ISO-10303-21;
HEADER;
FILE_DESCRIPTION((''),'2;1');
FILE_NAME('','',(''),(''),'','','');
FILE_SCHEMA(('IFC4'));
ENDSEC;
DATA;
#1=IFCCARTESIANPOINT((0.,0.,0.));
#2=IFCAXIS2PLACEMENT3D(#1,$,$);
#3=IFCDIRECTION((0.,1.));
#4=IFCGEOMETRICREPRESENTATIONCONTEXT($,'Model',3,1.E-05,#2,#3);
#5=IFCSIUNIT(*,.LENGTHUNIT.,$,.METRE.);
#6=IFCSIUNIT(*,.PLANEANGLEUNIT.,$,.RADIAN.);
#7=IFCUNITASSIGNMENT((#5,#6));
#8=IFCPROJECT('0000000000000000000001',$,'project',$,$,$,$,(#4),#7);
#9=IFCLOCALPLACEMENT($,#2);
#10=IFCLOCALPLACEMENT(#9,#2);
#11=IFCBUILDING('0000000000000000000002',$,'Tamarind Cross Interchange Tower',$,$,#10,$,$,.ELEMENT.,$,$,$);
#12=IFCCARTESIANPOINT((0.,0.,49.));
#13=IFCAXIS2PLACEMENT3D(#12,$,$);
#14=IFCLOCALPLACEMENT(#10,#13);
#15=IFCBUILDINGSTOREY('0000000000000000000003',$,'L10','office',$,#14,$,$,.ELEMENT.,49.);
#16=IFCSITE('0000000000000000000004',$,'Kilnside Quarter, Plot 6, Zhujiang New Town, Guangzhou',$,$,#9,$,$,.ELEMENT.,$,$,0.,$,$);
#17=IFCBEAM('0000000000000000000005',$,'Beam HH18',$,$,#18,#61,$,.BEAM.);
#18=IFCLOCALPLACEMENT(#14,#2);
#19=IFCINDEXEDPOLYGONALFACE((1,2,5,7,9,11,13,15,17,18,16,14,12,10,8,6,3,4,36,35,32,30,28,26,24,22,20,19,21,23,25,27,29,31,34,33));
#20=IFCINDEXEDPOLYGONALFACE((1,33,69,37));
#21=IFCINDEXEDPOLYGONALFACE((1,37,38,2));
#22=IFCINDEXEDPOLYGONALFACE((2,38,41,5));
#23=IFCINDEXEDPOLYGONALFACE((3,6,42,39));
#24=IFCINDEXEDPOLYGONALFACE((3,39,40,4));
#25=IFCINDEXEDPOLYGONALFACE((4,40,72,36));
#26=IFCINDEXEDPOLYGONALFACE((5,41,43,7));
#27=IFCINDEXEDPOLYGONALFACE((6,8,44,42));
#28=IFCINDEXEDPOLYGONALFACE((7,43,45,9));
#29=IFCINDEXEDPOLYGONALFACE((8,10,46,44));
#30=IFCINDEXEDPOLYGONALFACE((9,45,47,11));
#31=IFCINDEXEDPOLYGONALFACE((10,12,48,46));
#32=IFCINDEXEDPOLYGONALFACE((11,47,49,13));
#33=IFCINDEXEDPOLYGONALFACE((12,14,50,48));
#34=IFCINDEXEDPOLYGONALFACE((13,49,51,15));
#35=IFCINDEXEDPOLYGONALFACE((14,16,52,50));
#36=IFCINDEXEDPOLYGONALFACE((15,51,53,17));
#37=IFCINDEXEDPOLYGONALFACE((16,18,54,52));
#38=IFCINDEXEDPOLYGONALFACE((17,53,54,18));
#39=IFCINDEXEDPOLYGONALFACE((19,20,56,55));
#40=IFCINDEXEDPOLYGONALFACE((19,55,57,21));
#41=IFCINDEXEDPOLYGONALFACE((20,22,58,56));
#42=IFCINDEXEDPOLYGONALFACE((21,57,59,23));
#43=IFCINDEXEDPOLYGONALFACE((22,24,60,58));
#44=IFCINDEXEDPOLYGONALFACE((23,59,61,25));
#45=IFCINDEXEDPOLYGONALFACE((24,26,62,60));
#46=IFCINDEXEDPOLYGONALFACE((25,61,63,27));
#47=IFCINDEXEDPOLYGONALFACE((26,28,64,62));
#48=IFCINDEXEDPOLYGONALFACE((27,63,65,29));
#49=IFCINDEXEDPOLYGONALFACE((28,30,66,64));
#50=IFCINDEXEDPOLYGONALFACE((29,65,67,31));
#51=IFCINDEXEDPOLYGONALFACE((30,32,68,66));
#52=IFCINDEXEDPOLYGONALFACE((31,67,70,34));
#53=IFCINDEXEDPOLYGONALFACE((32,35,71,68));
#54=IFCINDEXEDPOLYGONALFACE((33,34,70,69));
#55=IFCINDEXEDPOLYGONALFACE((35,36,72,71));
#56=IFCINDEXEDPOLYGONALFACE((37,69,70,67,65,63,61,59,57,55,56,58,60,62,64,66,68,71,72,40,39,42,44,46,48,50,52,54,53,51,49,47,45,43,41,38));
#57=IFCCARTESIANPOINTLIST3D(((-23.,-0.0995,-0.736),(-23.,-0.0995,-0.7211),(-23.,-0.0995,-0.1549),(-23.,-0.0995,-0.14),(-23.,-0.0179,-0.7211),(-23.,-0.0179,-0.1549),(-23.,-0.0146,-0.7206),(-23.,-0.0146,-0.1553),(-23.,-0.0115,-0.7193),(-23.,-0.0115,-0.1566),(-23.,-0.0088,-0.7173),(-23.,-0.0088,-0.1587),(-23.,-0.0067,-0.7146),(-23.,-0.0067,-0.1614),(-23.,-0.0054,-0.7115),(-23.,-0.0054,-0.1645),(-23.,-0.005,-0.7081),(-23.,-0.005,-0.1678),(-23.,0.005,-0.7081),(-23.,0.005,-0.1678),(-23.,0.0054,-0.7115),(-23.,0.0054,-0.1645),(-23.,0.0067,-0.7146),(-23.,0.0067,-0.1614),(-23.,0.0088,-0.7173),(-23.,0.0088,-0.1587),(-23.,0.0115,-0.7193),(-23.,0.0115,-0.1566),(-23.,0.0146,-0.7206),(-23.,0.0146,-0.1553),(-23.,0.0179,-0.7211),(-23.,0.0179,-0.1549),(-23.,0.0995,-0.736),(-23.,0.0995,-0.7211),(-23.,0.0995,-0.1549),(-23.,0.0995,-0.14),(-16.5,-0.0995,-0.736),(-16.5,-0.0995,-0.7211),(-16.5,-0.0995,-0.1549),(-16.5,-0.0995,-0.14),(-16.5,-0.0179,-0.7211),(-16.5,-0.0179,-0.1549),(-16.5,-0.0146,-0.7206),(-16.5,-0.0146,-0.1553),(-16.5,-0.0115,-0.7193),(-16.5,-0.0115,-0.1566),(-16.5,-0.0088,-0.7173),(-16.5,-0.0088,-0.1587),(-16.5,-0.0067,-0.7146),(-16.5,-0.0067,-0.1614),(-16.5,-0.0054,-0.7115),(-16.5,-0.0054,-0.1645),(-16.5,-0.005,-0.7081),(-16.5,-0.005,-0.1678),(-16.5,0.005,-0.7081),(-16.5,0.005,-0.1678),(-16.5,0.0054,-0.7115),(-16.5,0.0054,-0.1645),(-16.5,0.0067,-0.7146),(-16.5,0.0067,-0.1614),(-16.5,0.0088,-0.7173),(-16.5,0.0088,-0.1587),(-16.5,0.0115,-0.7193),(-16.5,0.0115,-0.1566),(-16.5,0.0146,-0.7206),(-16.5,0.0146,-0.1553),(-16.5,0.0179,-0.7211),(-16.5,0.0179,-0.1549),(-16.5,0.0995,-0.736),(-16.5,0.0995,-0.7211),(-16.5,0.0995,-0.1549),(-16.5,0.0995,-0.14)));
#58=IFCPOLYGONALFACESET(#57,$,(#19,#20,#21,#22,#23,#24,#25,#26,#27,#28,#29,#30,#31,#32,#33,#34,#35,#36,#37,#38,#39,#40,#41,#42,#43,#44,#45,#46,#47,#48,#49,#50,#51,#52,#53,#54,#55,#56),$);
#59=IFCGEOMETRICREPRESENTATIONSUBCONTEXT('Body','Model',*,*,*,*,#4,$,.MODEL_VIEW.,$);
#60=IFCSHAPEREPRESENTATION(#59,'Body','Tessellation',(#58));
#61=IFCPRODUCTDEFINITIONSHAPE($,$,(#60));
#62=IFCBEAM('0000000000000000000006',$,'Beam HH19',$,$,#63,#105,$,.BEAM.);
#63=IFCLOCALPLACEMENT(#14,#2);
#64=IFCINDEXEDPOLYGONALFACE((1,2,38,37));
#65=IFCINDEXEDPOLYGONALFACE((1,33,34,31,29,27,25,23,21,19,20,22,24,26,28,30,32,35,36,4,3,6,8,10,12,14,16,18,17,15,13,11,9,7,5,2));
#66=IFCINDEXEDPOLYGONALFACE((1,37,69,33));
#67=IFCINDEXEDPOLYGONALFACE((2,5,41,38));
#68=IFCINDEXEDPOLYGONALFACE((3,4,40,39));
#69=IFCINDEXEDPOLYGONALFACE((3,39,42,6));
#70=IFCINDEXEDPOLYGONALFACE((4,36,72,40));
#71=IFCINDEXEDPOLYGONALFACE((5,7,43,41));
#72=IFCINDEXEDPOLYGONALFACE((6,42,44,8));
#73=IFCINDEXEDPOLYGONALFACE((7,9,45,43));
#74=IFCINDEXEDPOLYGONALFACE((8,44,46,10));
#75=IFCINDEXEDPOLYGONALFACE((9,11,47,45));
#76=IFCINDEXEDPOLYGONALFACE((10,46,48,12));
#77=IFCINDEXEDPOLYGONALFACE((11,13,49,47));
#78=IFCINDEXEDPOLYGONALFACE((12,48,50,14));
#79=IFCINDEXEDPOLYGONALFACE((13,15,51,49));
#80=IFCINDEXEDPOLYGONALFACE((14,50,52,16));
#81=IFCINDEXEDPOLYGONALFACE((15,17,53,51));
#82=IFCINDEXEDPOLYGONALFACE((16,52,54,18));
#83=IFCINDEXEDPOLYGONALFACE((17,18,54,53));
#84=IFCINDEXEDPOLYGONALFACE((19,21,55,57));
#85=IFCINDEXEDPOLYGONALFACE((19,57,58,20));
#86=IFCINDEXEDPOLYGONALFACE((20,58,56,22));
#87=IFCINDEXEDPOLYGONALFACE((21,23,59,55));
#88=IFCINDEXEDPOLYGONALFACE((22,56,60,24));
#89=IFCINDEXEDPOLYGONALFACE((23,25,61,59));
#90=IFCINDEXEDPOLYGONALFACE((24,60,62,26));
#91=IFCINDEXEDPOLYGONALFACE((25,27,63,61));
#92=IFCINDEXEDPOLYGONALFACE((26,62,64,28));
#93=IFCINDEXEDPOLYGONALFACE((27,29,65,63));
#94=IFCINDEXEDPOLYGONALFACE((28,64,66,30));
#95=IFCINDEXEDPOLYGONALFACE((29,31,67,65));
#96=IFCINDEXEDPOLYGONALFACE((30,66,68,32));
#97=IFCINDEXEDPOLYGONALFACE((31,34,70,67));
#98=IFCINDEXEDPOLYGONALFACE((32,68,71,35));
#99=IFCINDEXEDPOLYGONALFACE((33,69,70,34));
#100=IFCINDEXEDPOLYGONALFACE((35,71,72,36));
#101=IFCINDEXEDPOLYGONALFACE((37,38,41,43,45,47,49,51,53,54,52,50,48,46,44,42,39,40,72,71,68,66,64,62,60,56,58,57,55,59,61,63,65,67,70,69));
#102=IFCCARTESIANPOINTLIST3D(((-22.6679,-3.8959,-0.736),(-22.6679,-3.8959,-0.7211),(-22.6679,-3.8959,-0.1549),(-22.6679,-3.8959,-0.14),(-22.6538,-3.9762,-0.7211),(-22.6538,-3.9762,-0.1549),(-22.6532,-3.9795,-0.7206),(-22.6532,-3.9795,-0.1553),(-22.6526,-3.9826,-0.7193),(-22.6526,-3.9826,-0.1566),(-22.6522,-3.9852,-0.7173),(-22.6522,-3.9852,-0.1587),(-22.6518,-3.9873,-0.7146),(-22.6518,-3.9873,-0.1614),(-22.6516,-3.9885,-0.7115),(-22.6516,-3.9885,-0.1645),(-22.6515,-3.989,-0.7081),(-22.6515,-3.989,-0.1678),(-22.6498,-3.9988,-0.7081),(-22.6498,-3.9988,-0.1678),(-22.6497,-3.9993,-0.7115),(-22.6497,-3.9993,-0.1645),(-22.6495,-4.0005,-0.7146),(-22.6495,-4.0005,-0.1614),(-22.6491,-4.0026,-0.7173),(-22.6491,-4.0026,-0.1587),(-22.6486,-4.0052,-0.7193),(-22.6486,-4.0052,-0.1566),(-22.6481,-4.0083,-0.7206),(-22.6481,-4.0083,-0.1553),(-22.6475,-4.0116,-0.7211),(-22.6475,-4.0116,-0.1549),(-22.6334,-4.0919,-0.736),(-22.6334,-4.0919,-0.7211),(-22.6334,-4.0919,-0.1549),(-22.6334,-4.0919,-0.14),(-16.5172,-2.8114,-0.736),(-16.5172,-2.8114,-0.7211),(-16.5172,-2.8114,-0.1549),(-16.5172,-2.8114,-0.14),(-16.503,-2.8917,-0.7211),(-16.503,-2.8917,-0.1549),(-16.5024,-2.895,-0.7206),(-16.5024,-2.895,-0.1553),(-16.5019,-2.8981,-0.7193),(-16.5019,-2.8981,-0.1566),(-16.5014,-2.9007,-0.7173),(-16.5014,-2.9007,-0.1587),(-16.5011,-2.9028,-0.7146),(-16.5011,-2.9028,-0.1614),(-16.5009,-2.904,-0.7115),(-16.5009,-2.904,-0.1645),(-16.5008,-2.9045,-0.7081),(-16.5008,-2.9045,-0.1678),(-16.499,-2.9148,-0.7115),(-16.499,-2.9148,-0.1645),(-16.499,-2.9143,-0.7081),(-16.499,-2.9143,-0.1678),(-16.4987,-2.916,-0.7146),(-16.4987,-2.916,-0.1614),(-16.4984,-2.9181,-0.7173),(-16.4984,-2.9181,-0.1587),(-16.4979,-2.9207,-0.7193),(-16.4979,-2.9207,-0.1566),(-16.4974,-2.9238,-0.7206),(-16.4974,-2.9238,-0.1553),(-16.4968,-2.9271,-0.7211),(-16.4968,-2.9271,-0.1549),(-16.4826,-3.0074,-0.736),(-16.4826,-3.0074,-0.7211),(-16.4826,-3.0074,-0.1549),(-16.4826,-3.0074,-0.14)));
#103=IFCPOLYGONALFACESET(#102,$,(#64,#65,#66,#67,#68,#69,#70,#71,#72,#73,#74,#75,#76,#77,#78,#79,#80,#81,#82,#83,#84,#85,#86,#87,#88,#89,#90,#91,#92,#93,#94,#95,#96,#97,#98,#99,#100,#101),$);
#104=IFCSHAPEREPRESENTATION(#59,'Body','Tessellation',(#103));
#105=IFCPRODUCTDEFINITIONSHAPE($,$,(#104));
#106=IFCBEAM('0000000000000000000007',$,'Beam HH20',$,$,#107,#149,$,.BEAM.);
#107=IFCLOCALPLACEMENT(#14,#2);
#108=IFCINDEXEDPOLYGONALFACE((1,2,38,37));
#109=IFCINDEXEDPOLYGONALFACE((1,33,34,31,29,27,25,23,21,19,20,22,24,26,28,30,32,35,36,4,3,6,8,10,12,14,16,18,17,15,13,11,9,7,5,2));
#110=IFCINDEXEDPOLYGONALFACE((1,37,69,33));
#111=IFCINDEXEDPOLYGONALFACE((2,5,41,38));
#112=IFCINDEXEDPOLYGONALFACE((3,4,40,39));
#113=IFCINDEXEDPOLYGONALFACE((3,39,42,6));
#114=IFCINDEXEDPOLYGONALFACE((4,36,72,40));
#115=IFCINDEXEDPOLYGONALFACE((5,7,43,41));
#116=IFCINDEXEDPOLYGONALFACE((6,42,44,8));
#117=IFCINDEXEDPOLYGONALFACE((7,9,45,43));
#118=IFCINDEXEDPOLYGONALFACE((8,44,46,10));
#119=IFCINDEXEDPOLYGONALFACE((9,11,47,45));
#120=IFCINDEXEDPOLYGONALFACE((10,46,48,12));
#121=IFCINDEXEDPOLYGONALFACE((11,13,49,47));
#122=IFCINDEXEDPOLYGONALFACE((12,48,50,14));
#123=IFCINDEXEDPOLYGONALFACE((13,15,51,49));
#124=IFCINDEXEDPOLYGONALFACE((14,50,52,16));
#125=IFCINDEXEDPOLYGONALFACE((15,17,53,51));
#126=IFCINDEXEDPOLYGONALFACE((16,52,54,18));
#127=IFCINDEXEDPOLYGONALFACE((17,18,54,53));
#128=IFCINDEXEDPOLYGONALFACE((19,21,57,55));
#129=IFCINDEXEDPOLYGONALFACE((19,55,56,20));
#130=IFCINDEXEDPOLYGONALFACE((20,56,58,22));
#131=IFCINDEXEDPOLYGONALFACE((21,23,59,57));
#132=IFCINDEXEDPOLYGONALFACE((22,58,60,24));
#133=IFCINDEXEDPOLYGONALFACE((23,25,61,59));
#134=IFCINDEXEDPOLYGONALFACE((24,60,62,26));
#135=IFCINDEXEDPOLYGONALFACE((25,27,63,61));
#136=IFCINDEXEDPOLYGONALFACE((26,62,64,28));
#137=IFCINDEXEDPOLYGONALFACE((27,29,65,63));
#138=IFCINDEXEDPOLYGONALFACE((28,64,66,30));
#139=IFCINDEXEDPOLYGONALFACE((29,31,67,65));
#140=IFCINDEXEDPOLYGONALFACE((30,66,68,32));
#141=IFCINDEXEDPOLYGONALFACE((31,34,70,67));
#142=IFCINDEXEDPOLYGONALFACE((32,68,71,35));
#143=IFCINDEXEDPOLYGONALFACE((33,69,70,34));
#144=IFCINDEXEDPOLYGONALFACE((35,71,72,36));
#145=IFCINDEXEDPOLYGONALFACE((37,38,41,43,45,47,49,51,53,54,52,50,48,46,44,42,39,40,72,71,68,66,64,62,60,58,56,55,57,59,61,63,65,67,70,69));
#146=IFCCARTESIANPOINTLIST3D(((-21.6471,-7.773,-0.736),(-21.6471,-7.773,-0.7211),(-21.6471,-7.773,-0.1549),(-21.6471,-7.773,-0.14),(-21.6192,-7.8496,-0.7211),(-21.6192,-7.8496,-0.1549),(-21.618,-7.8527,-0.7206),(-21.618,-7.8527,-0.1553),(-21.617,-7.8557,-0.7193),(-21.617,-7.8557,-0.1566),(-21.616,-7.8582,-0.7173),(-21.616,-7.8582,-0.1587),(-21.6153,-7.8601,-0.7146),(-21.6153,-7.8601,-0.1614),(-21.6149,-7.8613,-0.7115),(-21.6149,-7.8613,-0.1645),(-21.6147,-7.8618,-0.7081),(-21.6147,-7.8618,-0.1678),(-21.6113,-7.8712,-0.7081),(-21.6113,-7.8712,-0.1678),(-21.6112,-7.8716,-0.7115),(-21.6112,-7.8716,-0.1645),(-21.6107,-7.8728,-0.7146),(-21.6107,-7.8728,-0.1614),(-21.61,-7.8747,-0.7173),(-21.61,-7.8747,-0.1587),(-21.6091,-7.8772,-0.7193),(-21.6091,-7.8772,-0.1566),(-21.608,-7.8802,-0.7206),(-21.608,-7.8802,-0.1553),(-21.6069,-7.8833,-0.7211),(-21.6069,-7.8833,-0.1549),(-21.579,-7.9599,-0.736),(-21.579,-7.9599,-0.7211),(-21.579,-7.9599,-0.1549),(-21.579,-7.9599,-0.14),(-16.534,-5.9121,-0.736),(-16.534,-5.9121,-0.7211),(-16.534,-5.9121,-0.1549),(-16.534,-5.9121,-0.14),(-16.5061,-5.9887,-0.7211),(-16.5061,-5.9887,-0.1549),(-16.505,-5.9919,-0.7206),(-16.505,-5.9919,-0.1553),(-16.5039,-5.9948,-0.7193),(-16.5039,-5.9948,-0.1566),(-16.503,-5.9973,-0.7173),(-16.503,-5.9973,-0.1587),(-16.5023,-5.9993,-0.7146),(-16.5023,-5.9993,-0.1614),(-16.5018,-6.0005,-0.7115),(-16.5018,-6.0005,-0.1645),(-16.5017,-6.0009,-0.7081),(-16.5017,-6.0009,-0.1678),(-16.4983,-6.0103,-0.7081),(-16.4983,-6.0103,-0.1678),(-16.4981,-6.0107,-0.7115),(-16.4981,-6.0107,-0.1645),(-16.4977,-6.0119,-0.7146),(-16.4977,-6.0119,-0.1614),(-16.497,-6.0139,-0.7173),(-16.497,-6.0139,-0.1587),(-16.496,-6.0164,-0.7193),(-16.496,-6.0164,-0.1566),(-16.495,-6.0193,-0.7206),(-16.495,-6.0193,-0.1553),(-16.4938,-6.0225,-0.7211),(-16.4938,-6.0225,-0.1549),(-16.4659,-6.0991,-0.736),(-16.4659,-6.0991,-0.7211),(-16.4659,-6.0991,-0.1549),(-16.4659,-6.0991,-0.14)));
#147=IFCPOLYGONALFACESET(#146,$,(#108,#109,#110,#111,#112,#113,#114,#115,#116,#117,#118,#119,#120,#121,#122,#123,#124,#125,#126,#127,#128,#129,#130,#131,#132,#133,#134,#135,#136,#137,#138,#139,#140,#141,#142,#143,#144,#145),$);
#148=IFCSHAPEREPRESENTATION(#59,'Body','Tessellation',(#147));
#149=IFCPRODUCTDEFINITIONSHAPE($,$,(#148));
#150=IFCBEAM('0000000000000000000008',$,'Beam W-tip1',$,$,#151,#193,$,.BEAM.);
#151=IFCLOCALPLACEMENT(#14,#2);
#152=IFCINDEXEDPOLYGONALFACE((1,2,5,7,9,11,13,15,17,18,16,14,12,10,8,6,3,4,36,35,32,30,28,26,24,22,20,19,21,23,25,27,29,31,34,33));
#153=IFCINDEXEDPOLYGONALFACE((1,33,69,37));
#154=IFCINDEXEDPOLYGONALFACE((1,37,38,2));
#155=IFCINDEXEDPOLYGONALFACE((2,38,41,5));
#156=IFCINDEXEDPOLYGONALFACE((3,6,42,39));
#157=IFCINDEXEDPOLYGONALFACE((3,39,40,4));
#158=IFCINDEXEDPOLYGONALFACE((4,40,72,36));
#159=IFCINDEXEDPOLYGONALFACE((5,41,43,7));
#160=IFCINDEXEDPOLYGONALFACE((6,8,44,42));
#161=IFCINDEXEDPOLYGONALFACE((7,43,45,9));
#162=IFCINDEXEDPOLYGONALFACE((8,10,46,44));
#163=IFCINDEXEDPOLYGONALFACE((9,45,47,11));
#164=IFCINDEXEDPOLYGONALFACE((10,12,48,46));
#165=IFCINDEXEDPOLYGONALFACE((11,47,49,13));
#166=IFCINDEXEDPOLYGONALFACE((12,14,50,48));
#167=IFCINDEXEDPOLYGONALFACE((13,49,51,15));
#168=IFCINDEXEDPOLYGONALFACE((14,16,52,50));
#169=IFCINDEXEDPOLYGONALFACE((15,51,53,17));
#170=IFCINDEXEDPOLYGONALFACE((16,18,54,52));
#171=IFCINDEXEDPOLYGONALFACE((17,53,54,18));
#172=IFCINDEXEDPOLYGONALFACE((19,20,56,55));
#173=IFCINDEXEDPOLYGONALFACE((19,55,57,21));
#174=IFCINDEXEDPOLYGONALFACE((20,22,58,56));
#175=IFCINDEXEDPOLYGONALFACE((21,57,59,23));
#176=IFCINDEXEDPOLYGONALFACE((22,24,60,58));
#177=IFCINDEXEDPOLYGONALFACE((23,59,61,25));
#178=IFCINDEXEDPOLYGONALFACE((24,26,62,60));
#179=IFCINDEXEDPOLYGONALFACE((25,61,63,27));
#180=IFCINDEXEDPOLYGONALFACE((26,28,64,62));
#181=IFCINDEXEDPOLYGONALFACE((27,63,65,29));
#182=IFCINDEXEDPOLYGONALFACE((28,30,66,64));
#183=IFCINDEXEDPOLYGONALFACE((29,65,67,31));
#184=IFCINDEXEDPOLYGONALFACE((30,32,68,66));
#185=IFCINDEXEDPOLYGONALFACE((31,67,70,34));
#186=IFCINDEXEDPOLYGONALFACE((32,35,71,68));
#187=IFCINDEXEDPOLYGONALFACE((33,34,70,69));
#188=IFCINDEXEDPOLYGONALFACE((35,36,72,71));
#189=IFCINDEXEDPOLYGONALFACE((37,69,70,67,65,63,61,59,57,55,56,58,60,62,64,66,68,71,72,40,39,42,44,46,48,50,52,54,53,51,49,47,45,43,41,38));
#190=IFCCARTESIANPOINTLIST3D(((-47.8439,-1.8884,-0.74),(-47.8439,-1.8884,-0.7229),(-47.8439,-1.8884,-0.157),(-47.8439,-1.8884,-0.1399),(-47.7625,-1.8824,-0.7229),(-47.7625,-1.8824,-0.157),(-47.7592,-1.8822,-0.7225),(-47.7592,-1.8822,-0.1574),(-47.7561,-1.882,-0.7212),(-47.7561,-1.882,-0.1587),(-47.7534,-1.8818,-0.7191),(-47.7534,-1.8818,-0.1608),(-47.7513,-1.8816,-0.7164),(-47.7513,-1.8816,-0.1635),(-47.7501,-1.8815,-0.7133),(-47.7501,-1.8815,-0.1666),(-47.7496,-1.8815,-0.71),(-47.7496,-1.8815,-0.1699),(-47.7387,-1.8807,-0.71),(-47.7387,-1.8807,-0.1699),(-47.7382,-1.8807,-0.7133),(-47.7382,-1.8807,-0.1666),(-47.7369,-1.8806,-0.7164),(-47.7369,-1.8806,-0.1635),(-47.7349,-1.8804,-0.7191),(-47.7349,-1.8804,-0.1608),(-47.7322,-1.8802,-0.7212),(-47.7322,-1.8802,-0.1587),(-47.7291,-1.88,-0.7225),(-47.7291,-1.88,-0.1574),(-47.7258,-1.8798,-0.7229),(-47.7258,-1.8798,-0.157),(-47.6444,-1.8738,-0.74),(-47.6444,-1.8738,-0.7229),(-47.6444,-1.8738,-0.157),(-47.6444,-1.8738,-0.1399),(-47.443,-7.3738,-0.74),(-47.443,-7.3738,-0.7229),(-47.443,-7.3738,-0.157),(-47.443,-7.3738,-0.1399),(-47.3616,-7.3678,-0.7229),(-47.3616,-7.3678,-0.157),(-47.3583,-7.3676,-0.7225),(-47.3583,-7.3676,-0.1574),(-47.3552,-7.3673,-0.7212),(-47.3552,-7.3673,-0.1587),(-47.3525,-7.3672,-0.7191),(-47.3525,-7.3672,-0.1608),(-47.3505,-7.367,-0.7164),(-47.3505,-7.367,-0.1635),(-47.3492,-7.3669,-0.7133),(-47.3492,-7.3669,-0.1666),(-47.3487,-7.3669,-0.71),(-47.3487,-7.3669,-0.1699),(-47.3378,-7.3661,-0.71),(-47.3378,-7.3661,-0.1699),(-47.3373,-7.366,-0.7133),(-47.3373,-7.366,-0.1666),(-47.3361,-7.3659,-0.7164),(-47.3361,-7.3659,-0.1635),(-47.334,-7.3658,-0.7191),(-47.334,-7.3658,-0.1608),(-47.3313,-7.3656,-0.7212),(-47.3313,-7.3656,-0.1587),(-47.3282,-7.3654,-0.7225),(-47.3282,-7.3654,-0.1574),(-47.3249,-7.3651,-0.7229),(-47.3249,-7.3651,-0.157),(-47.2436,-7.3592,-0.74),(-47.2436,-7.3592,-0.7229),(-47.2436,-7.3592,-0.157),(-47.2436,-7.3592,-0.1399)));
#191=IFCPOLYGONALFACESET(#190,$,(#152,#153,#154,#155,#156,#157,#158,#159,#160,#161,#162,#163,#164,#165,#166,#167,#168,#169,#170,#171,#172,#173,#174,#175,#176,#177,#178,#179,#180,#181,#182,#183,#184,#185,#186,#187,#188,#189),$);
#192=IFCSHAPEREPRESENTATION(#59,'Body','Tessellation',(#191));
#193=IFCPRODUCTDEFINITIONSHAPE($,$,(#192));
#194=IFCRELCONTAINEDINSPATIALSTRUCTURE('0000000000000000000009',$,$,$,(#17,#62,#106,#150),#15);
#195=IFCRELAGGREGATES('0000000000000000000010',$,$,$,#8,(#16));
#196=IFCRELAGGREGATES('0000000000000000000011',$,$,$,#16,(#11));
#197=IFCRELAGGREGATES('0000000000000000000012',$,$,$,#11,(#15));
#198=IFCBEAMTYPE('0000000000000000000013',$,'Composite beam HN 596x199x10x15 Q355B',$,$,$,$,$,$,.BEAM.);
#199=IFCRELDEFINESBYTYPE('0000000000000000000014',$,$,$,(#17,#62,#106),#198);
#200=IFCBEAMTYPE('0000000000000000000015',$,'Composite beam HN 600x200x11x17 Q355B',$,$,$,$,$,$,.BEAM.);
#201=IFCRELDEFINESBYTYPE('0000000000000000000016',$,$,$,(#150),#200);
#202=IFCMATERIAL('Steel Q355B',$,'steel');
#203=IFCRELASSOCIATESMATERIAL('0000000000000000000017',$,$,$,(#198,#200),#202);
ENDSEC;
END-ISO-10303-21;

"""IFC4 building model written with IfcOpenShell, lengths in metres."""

from ifc_helpers import new_model, si_unit, direction, frame, origin, origin_2d, place, context, subcontext, project, spatial, i_section, extrude, material, material_profile, profile_set, type_object, element, save


model = new_model("IFC4")

# Units and contexts
model_context = context("Model", 3, precision=1e-05, world=origin(), true_north=direction((0.0, 1.0)))
body_context = subcontext(model_context, "Body", "Model", "MODEL_VIEW")
ifc_project = project(units=[si_unit("LENGTHUNIT", "METRE"), si_unit("PLANEANGLEUNIT", "RADIAN")], contexts=[model_context])

# Site, building, storey
site_placement = place(None, origin())
site = spatial("IfcSite", under=ifc_project, at=site_placement, Name="Kilnside Quarter, Plot 6, Zhujiang New Town, Guangzhou", CompositionType="ELEMENT", RefElevation=0.0)
building_placement = place(site_placement, origin())
building = spatial("IfcBuilding", under=site, at=building_placement, Name="Tamarind Cross Interchange Tower", CompositionType="ELEMENT")
storey_placement = place(building_placement, frame((0.0, 0.0, 49.0)))
storey = spatial("IfcBuildingStorey", under=building, at=storey_placement, Name="L10", Description="office", CompositionType="ELEMENT", Elevation=49.0)

# Beams
ifc_material_1 = material(Name="Steel Q355B", Category="steel")
ifc_material_profile_1 = material_profile(ifc_material_1, i_section(OverallWidth=0.199, OverallDepth=0.5959, WebThickness=0.01, FlangeThickness=0.0149, FilletRadius=0.0129, at=origin_2d()), Name="HN 596x199x10x15")
ifc_profile_set_1 = profile_set([ifc_material_profile_1], Name="Steel Q355B")
beam_type_1 = type_object("IfcBeamType", Name="Composite beam HN 596x199x10x15 Q355B", PredefinedType="BEAM", material=ifc_profile_set_1)
beam_1_placement = place(storey_placement, frame((-23.0, 0.0, -0.438), z_axis=(1.0, 0.0, 0.0), x_axis=(0.0, 1.0, 0.0)))
element("IfcBeam", 1, at=beam_1_placement, inside=storey, type_object=beam_type_1, Name="Beam HH18", PredefinedType="BEAM", context=body_context, shape_type="SweptSolid", body=[
    extrude(i_section(OverallWidth=0.199, OverallDepth=0.5959, WebThickness=0.01, FlangeThickness=0.0149, FilletRadius=0.0129, at=origin_2d()), origin(), (0.0, 0.0, 1.0), 6.5),
])
beam_2_placement = place(storey_placement, frame((-22.6506, -3.9939, -0.438), z_axis=(0.984809, 0.17364, 0.0), x_axis=(-0.17364, 0.984809, 0.0)))
element("IfcBeam", 2, at=beam_2_placement, inside=storey, type_object=beam_type_1, Name="Beam HH19", PredefinedType="BEAM", context=body_context, shape_type="SweptSolid", body=[
    extrude(i_section(OverallWidth=0.199, OverallDepth=0.5959, WebThickness=0.01, FlangeThickness=0.0149, FilletRadius=0.0129, at=origin_2d()), origin(), (0.0, 0.0, 1.0), 6.2456),
])
beam_3_placement = place(storey_placement, frame((-21.613, -7.8665, -0.438), z_axis=(0.939702, 0.341995, 0.0), x_axis=(-0.341995, 0.939702, 0.0)))
element("IfcBeam", 3, at=beam_3_placement, inside=storey, type_object=beam_type_1, Name="Beam HH20", PredefinedType="BEAM", context=body_context, shape_type="SweptSolid", body=[
    extrude(i_section(OverallWidth=0.199, OverallDepth=0.5959, WebThickness=0.01, FlangeThickness=0.0149, FilletRadius=0.0129, at=origin_2d()), origin(), (0.0, 0.0, 1.0), 5.4412),
])
ifc_material_profile_2 = material_profile(ifc_material_1, i_section(OverallWidth=0.2, OverallDepth=0.6001, WebThickness=0.011, FlangeThickness=0.0171, FilletRadius=0.0129, at=origin_2d()), Name="HN 600x200x11x17")
ifc_profile_set_2 = profile_set([ifc_material_profile_2], Name="Steel Q355B")
beam_type_2 = type_object("IfcBeamType", Name="Composite beam HN 600x200x11x17 Q355B", PredefinedType="BEAM", material=ifc_profile_set_2)
beam_4_placement = place(storey_placement, frame((-47.7441, -1.8811, -0.4399), z_axis=(0.072887, -0.99734, 0.0), x_axis=(0.99734, 0.072887, 0.0)))
element("IfcBeam", 4, at=beam_4_placement, inside=storey, type_object=beam_type_2, Name="Beam W-tip1", PredefinedType="BEAM", context=body_context, shape_type="SweptSolid", body=[
    extrude(i_section(OverallWidth=0.2, OverallDepth=0.6001, WebThickness=0.011, FlangeThickness=0.0171, FilletRadius=0.0129, at=origin_2d()), origin(), (0.0, 0.0, 1.0), 5.5),
])

save(model, "model.ifc")
